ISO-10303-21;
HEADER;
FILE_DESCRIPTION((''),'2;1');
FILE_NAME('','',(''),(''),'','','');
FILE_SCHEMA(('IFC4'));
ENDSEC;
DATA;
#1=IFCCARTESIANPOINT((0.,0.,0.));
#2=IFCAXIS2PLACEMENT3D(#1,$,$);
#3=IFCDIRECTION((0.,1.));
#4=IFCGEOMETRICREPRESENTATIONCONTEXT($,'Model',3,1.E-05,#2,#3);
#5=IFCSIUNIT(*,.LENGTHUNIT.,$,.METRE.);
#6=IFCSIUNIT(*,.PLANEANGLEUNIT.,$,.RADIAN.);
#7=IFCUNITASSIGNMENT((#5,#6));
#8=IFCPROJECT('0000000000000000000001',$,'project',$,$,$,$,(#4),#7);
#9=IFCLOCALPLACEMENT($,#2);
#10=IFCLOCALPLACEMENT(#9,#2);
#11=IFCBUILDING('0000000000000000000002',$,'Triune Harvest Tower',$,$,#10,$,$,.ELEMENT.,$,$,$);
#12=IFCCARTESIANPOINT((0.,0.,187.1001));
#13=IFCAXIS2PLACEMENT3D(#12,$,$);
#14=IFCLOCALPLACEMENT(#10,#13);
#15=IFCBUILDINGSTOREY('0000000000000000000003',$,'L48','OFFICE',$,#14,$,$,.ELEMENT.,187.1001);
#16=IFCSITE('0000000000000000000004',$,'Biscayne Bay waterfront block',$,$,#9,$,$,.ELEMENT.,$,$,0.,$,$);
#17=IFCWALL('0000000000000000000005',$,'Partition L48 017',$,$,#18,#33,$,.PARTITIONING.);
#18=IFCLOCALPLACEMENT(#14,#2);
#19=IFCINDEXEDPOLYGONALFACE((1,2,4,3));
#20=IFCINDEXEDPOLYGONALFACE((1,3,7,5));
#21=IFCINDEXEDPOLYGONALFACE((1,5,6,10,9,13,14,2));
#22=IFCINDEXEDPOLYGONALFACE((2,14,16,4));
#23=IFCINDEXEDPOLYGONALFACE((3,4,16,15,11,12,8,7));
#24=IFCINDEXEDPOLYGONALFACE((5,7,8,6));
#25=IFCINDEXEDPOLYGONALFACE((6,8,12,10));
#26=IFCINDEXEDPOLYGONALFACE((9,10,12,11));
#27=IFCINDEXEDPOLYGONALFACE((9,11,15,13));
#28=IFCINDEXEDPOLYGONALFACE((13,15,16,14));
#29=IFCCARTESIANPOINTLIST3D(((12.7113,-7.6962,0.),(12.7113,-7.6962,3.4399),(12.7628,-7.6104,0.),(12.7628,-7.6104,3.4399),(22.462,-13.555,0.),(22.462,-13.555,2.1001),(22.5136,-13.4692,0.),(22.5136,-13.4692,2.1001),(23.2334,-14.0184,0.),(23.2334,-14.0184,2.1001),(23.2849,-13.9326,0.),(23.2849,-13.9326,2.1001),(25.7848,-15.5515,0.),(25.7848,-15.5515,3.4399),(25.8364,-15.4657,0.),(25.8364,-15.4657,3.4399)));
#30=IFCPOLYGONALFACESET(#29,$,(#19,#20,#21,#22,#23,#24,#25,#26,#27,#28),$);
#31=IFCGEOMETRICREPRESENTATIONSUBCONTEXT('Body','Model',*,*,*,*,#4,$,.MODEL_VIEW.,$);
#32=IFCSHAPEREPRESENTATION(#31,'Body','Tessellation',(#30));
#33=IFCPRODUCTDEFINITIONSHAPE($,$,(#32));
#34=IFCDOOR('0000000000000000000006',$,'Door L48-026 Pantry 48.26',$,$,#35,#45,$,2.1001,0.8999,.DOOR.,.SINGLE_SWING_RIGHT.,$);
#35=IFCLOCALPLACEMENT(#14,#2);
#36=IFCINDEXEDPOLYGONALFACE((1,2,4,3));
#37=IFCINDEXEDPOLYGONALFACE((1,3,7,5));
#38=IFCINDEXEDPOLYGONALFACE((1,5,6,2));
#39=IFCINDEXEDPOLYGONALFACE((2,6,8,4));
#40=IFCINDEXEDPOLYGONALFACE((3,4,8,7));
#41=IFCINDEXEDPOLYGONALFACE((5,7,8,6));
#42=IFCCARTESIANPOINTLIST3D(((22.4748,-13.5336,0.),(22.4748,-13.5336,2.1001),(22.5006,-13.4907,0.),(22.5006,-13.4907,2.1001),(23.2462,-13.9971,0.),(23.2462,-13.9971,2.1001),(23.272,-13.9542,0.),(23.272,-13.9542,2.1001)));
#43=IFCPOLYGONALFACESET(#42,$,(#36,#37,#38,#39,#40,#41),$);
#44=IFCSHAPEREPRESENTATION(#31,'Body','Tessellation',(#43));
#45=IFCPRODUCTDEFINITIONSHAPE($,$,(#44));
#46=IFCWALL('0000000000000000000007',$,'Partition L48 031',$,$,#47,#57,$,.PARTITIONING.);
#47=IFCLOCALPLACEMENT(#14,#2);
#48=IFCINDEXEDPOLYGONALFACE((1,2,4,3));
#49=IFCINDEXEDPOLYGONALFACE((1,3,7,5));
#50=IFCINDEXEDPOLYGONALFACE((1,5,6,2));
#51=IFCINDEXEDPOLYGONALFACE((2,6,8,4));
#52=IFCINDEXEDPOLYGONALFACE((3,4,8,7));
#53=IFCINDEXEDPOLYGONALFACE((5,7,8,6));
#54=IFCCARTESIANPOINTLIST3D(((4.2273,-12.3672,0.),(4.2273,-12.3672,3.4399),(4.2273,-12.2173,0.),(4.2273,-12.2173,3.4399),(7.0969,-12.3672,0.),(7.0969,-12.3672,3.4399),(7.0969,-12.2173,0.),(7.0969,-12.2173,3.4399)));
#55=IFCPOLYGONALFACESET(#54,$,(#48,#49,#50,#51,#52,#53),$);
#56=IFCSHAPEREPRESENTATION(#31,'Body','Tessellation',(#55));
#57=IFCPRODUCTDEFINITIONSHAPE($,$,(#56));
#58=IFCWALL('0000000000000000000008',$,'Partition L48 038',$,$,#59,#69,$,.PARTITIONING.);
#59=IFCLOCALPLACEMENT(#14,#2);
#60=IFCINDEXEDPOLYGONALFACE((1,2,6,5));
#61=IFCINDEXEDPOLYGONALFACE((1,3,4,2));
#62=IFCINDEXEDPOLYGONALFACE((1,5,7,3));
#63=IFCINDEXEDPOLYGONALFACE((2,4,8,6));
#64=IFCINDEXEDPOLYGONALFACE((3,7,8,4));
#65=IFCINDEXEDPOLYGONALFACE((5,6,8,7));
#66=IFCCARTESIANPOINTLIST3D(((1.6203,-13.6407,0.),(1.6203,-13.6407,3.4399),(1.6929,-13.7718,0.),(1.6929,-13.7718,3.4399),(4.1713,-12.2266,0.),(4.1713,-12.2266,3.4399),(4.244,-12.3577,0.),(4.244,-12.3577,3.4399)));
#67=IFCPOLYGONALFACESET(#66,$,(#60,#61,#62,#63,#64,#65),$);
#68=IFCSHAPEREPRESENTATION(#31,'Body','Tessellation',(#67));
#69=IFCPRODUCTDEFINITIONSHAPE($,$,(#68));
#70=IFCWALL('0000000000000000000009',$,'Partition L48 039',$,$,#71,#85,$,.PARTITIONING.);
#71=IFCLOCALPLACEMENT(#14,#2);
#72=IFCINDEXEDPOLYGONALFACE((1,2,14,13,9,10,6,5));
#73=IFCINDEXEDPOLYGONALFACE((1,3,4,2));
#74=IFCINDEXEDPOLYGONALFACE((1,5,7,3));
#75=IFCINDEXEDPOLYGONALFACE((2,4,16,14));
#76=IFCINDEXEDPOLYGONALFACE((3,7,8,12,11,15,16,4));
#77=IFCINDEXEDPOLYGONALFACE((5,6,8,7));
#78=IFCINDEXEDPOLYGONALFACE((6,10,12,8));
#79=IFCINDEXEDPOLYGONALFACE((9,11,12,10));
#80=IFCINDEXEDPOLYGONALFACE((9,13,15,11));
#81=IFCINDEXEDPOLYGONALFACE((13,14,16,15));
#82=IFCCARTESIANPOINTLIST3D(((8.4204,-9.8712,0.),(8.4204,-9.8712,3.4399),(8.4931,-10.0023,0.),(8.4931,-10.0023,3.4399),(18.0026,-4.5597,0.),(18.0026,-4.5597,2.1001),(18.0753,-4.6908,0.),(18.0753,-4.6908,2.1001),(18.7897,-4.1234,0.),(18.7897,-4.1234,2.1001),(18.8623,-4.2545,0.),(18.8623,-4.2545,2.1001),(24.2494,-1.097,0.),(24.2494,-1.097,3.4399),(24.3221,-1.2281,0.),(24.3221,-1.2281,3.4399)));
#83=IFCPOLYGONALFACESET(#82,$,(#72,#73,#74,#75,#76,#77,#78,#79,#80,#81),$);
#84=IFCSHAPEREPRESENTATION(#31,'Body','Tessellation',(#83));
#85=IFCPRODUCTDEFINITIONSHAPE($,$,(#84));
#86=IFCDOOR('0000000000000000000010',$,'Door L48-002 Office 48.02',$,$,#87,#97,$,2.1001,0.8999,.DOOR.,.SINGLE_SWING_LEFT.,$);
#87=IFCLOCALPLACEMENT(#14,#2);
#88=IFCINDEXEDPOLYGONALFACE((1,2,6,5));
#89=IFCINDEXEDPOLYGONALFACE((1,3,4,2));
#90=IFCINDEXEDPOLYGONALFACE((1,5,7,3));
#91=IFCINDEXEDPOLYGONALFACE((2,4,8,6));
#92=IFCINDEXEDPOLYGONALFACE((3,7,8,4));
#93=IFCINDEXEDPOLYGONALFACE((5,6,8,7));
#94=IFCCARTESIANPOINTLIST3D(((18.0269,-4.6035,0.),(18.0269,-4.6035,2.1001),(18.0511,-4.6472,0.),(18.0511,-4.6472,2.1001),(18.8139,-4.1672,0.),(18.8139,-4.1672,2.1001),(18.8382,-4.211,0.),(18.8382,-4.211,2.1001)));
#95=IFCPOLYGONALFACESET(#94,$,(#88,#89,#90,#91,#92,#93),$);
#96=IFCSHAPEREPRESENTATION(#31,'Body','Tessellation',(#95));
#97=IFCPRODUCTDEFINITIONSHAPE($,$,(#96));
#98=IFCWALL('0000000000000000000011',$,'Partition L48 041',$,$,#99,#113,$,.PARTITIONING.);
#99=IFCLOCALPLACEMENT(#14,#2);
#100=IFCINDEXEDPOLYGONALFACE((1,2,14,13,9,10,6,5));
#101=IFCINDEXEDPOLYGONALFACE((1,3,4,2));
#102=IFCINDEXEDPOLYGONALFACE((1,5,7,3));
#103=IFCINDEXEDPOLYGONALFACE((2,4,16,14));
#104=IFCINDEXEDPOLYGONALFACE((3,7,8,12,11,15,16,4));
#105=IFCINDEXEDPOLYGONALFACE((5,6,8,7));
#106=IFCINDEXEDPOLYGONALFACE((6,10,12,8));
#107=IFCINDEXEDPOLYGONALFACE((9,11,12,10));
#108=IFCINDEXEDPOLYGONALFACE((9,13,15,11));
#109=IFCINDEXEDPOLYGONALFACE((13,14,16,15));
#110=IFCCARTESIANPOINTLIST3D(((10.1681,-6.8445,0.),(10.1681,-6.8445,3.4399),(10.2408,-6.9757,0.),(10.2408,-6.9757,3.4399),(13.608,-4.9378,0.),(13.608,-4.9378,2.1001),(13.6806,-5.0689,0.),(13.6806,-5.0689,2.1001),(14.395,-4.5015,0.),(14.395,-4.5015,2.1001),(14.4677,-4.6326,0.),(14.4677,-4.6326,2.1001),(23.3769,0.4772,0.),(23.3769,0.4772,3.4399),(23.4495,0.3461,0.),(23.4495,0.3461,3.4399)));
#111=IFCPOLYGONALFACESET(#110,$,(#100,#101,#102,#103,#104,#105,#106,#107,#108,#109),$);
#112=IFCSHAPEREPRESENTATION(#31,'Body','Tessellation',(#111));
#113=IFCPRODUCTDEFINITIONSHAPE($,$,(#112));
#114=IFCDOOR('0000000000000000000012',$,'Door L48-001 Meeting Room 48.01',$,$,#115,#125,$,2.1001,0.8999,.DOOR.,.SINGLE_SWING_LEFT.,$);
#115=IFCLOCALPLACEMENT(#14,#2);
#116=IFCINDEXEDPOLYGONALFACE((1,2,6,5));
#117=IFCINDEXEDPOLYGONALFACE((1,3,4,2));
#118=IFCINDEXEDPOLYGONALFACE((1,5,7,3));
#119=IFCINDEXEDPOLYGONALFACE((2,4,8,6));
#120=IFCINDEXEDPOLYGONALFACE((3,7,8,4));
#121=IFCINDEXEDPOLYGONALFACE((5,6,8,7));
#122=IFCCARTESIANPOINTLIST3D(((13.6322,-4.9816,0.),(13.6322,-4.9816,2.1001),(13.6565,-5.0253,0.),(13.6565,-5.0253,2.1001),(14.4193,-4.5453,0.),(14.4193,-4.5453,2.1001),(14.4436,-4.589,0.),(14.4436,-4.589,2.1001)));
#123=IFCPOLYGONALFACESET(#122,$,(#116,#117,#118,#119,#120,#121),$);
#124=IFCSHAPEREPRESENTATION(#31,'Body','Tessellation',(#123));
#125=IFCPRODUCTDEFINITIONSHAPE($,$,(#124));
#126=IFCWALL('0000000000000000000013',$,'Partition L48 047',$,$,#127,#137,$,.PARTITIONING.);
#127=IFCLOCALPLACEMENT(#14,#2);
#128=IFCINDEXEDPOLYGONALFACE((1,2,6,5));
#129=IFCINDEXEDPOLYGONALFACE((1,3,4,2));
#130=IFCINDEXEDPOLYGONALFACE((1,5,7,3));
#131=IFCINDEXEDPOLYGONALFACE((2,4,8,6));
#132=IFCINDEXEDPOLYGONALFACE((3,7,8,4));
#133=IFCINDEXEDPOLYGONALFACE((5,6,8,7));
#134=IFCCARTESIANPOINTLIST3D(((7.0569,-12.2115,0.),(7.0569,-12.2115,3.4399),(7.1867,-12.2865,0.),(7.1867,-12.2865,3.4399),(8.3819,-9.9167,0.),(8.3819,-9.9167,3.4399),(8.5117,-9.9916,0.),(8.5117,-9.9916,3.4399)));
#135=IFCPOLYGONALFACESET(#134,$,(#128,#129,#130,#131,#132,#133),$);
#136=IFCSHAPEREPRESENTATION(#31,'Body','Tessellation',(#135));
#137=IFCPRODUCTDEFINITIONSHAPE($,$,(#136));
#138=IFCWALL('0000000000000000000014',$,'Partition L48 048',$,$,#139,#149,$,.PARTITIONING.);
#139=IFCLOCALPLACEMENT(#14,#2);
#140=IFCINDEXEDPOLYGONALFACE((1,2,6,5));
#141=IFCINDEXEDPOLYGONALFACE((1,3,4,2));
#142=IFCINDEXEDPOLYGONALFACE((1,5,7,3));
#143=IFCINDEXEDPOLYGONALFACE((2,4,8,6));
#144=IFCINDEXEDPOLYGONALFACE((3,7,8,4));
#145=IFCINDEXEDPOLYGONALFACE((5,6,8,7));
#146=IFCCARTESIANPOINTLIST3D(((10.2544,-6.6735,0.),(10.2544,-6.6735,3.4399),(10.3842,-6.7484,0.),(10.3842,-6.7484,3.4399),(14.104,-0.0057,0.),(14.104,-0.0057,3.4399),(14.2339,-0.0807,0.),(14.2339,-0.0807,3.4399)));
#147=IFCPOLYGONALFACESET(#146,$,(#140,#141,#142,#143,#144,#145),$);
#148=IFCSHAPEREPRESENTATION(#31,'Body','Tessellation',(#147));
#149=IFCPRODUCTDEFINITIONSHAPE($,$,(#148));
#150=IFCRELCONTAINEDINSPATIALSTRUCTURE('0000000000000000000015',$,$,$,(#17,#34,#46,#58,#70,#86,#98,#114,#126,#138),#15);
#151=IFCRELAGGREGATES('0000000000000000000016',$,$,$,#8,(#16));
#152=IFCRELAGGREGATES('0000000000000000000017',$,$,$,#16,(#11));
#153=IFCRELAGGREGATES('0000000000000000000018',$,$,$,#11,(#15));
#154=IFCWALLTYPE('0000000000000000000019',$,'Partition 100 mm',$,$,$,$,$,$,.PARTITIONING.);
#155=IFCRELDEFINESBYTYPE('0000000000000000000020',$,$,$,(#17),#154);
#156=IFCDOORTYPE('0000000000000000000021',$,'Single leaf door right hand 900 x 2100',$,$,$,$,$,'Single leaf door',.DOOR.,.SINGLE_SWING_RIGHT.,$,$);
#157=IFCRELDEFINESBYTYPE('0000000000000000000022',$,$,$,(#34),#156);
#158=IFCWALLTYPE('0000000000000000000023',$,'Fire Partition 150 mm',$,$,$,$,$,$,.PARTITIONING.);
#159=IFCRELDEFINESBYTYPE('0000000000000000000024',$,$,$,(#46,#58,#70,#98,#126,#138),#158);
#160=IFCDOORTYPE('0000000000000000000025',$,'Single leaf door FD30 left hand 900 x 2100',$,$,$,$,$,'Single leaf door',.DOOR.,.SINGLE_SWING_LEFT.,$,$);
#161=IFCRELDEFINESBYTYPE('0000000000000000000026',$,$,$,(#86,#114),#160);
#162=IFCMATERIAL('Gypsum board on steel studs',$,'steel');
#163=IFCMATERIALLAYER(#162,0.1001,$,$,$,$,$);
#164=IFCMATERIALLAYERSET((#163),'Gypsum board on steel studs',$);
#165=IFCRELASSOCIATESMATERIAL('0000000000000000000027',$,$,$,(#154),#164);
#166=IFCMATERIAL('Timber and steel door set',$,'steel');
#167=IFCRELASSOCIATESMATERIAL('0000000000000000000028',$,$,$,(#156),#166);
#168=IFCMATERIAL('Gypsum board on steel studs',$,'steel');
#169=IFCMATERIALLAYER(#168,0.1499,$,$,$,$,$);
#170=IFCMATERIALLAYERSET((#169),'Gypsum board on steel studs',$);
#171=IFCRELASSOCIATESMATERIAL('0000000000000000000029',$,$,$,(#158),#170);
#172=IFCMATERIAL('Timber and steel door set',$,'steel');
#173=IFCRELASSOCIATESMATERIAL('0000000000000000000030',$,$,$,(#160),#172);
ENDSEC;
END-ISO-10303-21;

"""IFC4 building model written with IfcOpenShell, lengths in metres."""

from ifc_helpers import new_model, si_unit, direction, frame, frame_2d, origin, place, context, subcontext, project, spatial, rectangle, extrude, source, transform, mapped, material, layer, layer_set, type_object, element, fill, save


model = new_model("IFC4")

# Units and contexts
model_context = context("Model", 3, precision=1e-05, world=origin(), true_north=direction((0.0, 1.0)))
body_context = subcontext(model_context, "Body", "Model", "MODEL_VIEW")
ifc_project = project(units=[si_unit("LENGTHUNIT", "METRE"), si_unit("PLANEANGLEUNIT", "RADIAN")], contexts=[model_context])

# Site, building, storey
site_placement = place(None, origin())
site = spatial("IfcSite", under=ifc_project, at=site_placement, Name="Biscayne Bay waterfront block", CompositionType="ELEMENT", RefElevation=0.0)
building_placement = place(site_placement, origin())
building = spatial("IfcBuilding", under=site, at=building_placement, Name="Triune Harvest Tower", CompositionType="ELEMENT")
storey_placement = place(building_placement, frame((0.0, 0.0, 187.1001)))
storey = spatial("IfcBuildingStorey", under=building, at=storey_placement, Name="L48", Description="OFFICE", CompositionType="ELEMENT", Elevation=187.1001)

# Wall, opening, door
ifc_material_1 = material(Name="Gypsum board on steel studs", Category="steel")
ifc_layer_1 = layer(ifc_material_1, 0.1001)
ifc_layer_set_1 = layer_set([ifc_layer_1], Name="Gypsum board on steel studs")
wall_type_1 = type_object("IfcWallType", Name="Partition 100 mm", PredefinedType="PARTITIONING", material=ifc_layer_set_1)
shared_shape_1 = source(origin(), body_context, "Body", "SweptSolid", [
    extrude(rectangle(XDim=15.252, YDim=0.1001, at=frame_2d((7.626, 0.0))), origin(), (0.0, 0.0, 1.0), 3.4399),
])
wall_1_placement = place(storey_placement, frame((12.7371, -7.6533, 0.0), z_axis=(0.0, 0.0, 1.0), x_axis=(0.857171, -0.515032, 0.0)))
wall_1 = element("IfcWall", 1, at=wall_1_placement, inside=storey, type_object=wall_type_1, Name="Partition L48 017", PredefinedType="PARTITIONING", context=body_context, shape_type="MappedRepresentation", body=[
    mapped(shared_shape_1, transform((0.0, 0.0, 0.0), scale=1.0)),
])
opening_1_placement = place(wall_1_placement, frame((11.3755, 0.0, 0.0)))
opening_1 = element("IfcOpeningElement", 2, at=opening_1_placement, cuts=wall_1, PredefinedType="OPENING", context=body_context, shape_type="SweptSolid", body=[
    extrude(rectangle(XDim=0.8999, YDim=2.1001, at=frame_2d((0.45, 1.05))), frame((0.0, 0.0601, 0.0), z_axis=(0.0, -1.0, 0.0), x_axis=(1.0, 0.0, 0.0)), (0.0, 0.0, 1.0), 0.1201),
])
ifc_material_2 = material(Name="Timber and steel door set", Category="steel")
door_type_1 = type_object("IfcDoorType", Name="Single leaf door right hand 900 x 2100", ElementType="Single leaf door", OperationType="SINGLE_SWING_RIGHT", PredefinedType="DOOR", material=ifc_material_2)
door_1_placement = place(opening_1_placement, origin())
door_1 = element("IfcDoor", 3, at=door_1_placement, inside=storey, type_object=door_type_1, Name="Door L48-026 Pantry 48.26", OperationType="SINGLE_SWING_RIGHT", OverallHeight=2.1001, OverallWidth=0.8999, PredefinedType="DOOR", context=body_context, shape_type="SweptSolid", body=[
    extrude(rectangle(XDim=0.8999, YDim=2.1001, at=frame_2d((0.45, 1.05))), frame((0.0, 0.0249, 0.0), z_axis=(0.0, -1.0, 0.0), x_axis=(1.0, 0.0, 0.0)), (0.0, 0.0, 1.0), 0.05),
])
fill(opening_1, door_1)

# Walls
ifc_material_3 = material(Name="Gypsum board on steel studs", Category="steel")
ifc_layer_2 = layer(ifc_material_3, 0.1499)
ifc_layer_set_2 = layer_set([ifc_layer_2], Name="Gypsum board on steel studs")
wall_type_2 = type_object("IfcWallType", Name="Fire Partition 150 mm", PredefinedType="PARTITIONING", material=ifc_layer_set_2)
shared_shape_2 = source(origin(), body_context, "Body", "SweptSolid", [
    extrude(rectangle(XDim=2.8696, YDim=0.1499, at=frame_2d((1.4348, 0.0))), origin(), (0.0, 0.0, 1.0), 3.4399),
])
wall_2_placement = place(storey_placement, frame((4.2273, -12.2922, 0.0), z_axis=(0.0, 0.0, 1.0), x_axis=(1.0, 0.0, 0.0)))
element("IfcWall", 4, at=wall_2_placement, inside=storey, type_object=wall_type_2, Name="Partition L48 031", PredefinedType="PARTITIONING", context=body_context, shape_type="MappedRepresentation", body=[
    mapped(shared_shape_2, transform((0.0, 0.0, 0.0), scale=1.0)),
])
shared_shape_3 = source(origin(), body_context, "Body", "SweptSolid", [
    extrude(rectangle(XDim=2.9167, YDim=0.1499, at=frame_2d((1.4585, 0.0))), origin(), (0.0, 0.0, 1.0), 3.4399),
])
wall_3_placement = place(storey_placement, frame((1.6565, -13.7063, 0.0), z_axis=(0.0, 0.0, 1.0), x_axis=(0.874619, 0.484811, 0.0)))
element("IfcWall", 5, at=wall_3_placement, inside=storey, type_object=wall_type_2, Name="Partition L48 038", PredefinedType="PARTITIONING", context=body_context, shape_type="MappedRepresentation", body=[
    mapped(shared_shape_3, transform((0.0, 0.0, 0.0), scale=1.0)),
])

# Walls, openings, doors
shared_shape_4 = source(origin(), body_context, "Body", "SweptSolid", [
    extrude(rectangle(XDim=18.0981, YDim=0.1499, at=frame_2d((9.0491, 0.0))), origin(), (0.0, 0.0, 1.0), 3.4399),
])
wall_4_placement = place(storey_placement, frame((8.4568, -9.9368, 0.0), z_axis=(0.0, 0.0, 1.0), x_axis=(0.874618, 0.484813, 0.0)))
wall_4 = element("IfcWall", 6, at=wall_4_placement, inside=storey, type_object=wall_type_2, Name="Partition L48 039", PredefinedType="PARTITIONING", context=body_context, shape_type="MappedRepresentation", body=[
    mapped(shared_shape_4, transform((0.0, 0.0, 0.0), scale=1.0)),
])
opening_2_placement = place(wall_4_placement, frame((10.9558, 0.0, 0.0)))
opening_2 = element("IfcOpeningElement", 7, at=opening_2_placement, cuts=wall_4, PredefinedType="OPENING", context=body_context, shape_type="SweptSolid", body=[
    extrude(rectangle(XDim=0.8999, YDim=2.1001, at=frame_2d((0.45, 1.05))), frame((0.0, 0.085, 0.0), z_axis=(0.0, -1.0, 0.0), x_axis=(1.0, 0.0, 0.0)), (0.0, 0.0, 1.0), 0.1699),
])
ifc_material_4 = material(Name="Timber and steel door set", Category="steel")
door_type_2 = type_object("IfcDoorType", Name="Single leaf door FD30 left hand 900 x 2100", ElementType="Single leaf door", OperationType="SINGLE_SWING_LEFT", PredefinedType="DOOR", material=ifc_material_4)
door_2_placement = place(opening_2_placement, origin())
door_2 = element("IfcDoor", 8, at=door_2_placement, inside=storey, type_object=door_type_2, Name="Door L48-002 Office 48.02", OperationType="SINGLE_SWING_LEFT", OverallHeight=2.1001, OverallWidth=0.8999, PredefinedType="DOOR", context=body_context, shape_type="SweptSolid", body=[
    extrude(rectangle(XDim=0.8999, YDim=2.1001, at=frame_2d((0.45, 1.05))), frame((0.0, 0.0249, 0.0), z_axis=(0.0, -1.0, 0.0), x_axis=(1.0, 0.0, 0.0)), (0.0, 0.0, 1.0), 0.05),
])
fill(opening_2, door_2)
shared_shape_5 = source(origin(), body_context, "Body", "SweptSolid", [
    extrude(rectangle(XDim=15.1023, YDim=0.1499, at=frame_2d((7.5513, 0.0))), origin(), (0.0, 0.0, 1.0), 3.4399),
])
wall_5_placement = place(storey_placement, frame((10.2043, -6.9102, 0.0), z_axis=(0.0, 0.0, 1.0), x_axis=(0.874618, 0.484812, 0.0)))
wall_5 = element("IfcWall", 9, at=wall_5_placement, inside=storey, type_object=wall_type_2, Name="Partition L48 041", PredefinedType="PARTITIONING", context=body_context, shape_type="MappedRepresentation", body=[
    mapped(shared_shape_5, transform((0.0, 0.0, 0.0), scale=1.0)),
])
opening_3_placement = place(wall_5_placement, frame((3.9331, 0.0, 0.0)))
opening_3 = element("IfcOpeningElement", 10, at=opening_3_placement, cuts=wall_5, PredefinedType="OPENING", context=body_context, shape_type="SweptSolid", body=[
    extrude(rectangle(XDim=0.8999, YDim=2.1001, at=frame_2d((0.45, 1.05))), frame((0.0, 0.085, 0.0), z_axis=(0.0, -1.0, 0.0), x_axis=(1.0, 0.0, 0.0)), (0.0, 0.0, 1.0), 0.1699),
])
door_3_placement = place(opening_3_placement, origin())
door_3 = element("IfcDoor", 11, at=door_3_placement, inside=storey, type_object=door_type_2, Name="Door L48-001 Meeting Room 48.01", OperationType="SINGLE_SWING_LEFT", OverallHeight=2.1001, OverallWidth=0.8999, PredefinedType="DOOR", context=body_context, shape_type="SweptSolid", body=[
    extrude(rectangle(XDim=0.8999, YDim=2.1001, at=frame_2d((0.45, 1.05))), frame((0.0, 0.0249, 0.0), z_axis=(0.0, -1.0, 0.0), x_axis=(1.0, 0.0, 0.0)), (0.0, 0.0, 1.0), 0.05),
])
fill(opening_3, door_3)

# Walls
shared_shape_6 = source(origin(), body_context, "Body", "SweptSolid", [
    extrude(rectangle(XDim=2.6499, YDim=0.1499, at=frame_2d((1.325, 0.0))), origin(), (0.0, 0.0, 1.0), 3.4399),
])
wall_6_placement = place(storey_placement, frame((7.1218, -12.249, 0.0), z_axis=(0.0, 0.0, 1.0), x_axis=(0.499994, 0.866029, 0.0)))
element("IfcWall", 12, at=wall_6_placement, inside=storey, type_object=wall_type_2, Name="Partition L48 047", PredefinedType="PARTITIONING", context=body_context, shape_type="MappedRepresentation", body=[
    mapped(shared_shape_6, transform((0.0, 0.0, 0.0), scale=1.0)),
])
shared_shape_7 = source(origin(), body_context, "Body", "SweptSolid", [
    extrude(rectangle(XDim=7.6992, YDim=0.1499, at=frame_2d((3.8496, 0.0))), origin(), (0.0, 0.0, 1.0), 3.4399),
])
wall_7_placement = place(storey_placement, frame((10.3193, -6.7109, 0.0), z_axis=(0.0, 0.0, 1.0), x_axis=(0.5, 0.866026, 0.0)))
element("IfcWall", 13, at=wall_7_placement, inside=storey, type_object=wall_type_2, Name="Partition L48 048", PredefinedType="PARTITIONING", context=body_context, shape_type="MappedRepresentation", body=[
    mapped(shared_shape_7, transform((0.0, 0.0, 0.0), scale=1.0)),
])

save(model, "model.ifc")
